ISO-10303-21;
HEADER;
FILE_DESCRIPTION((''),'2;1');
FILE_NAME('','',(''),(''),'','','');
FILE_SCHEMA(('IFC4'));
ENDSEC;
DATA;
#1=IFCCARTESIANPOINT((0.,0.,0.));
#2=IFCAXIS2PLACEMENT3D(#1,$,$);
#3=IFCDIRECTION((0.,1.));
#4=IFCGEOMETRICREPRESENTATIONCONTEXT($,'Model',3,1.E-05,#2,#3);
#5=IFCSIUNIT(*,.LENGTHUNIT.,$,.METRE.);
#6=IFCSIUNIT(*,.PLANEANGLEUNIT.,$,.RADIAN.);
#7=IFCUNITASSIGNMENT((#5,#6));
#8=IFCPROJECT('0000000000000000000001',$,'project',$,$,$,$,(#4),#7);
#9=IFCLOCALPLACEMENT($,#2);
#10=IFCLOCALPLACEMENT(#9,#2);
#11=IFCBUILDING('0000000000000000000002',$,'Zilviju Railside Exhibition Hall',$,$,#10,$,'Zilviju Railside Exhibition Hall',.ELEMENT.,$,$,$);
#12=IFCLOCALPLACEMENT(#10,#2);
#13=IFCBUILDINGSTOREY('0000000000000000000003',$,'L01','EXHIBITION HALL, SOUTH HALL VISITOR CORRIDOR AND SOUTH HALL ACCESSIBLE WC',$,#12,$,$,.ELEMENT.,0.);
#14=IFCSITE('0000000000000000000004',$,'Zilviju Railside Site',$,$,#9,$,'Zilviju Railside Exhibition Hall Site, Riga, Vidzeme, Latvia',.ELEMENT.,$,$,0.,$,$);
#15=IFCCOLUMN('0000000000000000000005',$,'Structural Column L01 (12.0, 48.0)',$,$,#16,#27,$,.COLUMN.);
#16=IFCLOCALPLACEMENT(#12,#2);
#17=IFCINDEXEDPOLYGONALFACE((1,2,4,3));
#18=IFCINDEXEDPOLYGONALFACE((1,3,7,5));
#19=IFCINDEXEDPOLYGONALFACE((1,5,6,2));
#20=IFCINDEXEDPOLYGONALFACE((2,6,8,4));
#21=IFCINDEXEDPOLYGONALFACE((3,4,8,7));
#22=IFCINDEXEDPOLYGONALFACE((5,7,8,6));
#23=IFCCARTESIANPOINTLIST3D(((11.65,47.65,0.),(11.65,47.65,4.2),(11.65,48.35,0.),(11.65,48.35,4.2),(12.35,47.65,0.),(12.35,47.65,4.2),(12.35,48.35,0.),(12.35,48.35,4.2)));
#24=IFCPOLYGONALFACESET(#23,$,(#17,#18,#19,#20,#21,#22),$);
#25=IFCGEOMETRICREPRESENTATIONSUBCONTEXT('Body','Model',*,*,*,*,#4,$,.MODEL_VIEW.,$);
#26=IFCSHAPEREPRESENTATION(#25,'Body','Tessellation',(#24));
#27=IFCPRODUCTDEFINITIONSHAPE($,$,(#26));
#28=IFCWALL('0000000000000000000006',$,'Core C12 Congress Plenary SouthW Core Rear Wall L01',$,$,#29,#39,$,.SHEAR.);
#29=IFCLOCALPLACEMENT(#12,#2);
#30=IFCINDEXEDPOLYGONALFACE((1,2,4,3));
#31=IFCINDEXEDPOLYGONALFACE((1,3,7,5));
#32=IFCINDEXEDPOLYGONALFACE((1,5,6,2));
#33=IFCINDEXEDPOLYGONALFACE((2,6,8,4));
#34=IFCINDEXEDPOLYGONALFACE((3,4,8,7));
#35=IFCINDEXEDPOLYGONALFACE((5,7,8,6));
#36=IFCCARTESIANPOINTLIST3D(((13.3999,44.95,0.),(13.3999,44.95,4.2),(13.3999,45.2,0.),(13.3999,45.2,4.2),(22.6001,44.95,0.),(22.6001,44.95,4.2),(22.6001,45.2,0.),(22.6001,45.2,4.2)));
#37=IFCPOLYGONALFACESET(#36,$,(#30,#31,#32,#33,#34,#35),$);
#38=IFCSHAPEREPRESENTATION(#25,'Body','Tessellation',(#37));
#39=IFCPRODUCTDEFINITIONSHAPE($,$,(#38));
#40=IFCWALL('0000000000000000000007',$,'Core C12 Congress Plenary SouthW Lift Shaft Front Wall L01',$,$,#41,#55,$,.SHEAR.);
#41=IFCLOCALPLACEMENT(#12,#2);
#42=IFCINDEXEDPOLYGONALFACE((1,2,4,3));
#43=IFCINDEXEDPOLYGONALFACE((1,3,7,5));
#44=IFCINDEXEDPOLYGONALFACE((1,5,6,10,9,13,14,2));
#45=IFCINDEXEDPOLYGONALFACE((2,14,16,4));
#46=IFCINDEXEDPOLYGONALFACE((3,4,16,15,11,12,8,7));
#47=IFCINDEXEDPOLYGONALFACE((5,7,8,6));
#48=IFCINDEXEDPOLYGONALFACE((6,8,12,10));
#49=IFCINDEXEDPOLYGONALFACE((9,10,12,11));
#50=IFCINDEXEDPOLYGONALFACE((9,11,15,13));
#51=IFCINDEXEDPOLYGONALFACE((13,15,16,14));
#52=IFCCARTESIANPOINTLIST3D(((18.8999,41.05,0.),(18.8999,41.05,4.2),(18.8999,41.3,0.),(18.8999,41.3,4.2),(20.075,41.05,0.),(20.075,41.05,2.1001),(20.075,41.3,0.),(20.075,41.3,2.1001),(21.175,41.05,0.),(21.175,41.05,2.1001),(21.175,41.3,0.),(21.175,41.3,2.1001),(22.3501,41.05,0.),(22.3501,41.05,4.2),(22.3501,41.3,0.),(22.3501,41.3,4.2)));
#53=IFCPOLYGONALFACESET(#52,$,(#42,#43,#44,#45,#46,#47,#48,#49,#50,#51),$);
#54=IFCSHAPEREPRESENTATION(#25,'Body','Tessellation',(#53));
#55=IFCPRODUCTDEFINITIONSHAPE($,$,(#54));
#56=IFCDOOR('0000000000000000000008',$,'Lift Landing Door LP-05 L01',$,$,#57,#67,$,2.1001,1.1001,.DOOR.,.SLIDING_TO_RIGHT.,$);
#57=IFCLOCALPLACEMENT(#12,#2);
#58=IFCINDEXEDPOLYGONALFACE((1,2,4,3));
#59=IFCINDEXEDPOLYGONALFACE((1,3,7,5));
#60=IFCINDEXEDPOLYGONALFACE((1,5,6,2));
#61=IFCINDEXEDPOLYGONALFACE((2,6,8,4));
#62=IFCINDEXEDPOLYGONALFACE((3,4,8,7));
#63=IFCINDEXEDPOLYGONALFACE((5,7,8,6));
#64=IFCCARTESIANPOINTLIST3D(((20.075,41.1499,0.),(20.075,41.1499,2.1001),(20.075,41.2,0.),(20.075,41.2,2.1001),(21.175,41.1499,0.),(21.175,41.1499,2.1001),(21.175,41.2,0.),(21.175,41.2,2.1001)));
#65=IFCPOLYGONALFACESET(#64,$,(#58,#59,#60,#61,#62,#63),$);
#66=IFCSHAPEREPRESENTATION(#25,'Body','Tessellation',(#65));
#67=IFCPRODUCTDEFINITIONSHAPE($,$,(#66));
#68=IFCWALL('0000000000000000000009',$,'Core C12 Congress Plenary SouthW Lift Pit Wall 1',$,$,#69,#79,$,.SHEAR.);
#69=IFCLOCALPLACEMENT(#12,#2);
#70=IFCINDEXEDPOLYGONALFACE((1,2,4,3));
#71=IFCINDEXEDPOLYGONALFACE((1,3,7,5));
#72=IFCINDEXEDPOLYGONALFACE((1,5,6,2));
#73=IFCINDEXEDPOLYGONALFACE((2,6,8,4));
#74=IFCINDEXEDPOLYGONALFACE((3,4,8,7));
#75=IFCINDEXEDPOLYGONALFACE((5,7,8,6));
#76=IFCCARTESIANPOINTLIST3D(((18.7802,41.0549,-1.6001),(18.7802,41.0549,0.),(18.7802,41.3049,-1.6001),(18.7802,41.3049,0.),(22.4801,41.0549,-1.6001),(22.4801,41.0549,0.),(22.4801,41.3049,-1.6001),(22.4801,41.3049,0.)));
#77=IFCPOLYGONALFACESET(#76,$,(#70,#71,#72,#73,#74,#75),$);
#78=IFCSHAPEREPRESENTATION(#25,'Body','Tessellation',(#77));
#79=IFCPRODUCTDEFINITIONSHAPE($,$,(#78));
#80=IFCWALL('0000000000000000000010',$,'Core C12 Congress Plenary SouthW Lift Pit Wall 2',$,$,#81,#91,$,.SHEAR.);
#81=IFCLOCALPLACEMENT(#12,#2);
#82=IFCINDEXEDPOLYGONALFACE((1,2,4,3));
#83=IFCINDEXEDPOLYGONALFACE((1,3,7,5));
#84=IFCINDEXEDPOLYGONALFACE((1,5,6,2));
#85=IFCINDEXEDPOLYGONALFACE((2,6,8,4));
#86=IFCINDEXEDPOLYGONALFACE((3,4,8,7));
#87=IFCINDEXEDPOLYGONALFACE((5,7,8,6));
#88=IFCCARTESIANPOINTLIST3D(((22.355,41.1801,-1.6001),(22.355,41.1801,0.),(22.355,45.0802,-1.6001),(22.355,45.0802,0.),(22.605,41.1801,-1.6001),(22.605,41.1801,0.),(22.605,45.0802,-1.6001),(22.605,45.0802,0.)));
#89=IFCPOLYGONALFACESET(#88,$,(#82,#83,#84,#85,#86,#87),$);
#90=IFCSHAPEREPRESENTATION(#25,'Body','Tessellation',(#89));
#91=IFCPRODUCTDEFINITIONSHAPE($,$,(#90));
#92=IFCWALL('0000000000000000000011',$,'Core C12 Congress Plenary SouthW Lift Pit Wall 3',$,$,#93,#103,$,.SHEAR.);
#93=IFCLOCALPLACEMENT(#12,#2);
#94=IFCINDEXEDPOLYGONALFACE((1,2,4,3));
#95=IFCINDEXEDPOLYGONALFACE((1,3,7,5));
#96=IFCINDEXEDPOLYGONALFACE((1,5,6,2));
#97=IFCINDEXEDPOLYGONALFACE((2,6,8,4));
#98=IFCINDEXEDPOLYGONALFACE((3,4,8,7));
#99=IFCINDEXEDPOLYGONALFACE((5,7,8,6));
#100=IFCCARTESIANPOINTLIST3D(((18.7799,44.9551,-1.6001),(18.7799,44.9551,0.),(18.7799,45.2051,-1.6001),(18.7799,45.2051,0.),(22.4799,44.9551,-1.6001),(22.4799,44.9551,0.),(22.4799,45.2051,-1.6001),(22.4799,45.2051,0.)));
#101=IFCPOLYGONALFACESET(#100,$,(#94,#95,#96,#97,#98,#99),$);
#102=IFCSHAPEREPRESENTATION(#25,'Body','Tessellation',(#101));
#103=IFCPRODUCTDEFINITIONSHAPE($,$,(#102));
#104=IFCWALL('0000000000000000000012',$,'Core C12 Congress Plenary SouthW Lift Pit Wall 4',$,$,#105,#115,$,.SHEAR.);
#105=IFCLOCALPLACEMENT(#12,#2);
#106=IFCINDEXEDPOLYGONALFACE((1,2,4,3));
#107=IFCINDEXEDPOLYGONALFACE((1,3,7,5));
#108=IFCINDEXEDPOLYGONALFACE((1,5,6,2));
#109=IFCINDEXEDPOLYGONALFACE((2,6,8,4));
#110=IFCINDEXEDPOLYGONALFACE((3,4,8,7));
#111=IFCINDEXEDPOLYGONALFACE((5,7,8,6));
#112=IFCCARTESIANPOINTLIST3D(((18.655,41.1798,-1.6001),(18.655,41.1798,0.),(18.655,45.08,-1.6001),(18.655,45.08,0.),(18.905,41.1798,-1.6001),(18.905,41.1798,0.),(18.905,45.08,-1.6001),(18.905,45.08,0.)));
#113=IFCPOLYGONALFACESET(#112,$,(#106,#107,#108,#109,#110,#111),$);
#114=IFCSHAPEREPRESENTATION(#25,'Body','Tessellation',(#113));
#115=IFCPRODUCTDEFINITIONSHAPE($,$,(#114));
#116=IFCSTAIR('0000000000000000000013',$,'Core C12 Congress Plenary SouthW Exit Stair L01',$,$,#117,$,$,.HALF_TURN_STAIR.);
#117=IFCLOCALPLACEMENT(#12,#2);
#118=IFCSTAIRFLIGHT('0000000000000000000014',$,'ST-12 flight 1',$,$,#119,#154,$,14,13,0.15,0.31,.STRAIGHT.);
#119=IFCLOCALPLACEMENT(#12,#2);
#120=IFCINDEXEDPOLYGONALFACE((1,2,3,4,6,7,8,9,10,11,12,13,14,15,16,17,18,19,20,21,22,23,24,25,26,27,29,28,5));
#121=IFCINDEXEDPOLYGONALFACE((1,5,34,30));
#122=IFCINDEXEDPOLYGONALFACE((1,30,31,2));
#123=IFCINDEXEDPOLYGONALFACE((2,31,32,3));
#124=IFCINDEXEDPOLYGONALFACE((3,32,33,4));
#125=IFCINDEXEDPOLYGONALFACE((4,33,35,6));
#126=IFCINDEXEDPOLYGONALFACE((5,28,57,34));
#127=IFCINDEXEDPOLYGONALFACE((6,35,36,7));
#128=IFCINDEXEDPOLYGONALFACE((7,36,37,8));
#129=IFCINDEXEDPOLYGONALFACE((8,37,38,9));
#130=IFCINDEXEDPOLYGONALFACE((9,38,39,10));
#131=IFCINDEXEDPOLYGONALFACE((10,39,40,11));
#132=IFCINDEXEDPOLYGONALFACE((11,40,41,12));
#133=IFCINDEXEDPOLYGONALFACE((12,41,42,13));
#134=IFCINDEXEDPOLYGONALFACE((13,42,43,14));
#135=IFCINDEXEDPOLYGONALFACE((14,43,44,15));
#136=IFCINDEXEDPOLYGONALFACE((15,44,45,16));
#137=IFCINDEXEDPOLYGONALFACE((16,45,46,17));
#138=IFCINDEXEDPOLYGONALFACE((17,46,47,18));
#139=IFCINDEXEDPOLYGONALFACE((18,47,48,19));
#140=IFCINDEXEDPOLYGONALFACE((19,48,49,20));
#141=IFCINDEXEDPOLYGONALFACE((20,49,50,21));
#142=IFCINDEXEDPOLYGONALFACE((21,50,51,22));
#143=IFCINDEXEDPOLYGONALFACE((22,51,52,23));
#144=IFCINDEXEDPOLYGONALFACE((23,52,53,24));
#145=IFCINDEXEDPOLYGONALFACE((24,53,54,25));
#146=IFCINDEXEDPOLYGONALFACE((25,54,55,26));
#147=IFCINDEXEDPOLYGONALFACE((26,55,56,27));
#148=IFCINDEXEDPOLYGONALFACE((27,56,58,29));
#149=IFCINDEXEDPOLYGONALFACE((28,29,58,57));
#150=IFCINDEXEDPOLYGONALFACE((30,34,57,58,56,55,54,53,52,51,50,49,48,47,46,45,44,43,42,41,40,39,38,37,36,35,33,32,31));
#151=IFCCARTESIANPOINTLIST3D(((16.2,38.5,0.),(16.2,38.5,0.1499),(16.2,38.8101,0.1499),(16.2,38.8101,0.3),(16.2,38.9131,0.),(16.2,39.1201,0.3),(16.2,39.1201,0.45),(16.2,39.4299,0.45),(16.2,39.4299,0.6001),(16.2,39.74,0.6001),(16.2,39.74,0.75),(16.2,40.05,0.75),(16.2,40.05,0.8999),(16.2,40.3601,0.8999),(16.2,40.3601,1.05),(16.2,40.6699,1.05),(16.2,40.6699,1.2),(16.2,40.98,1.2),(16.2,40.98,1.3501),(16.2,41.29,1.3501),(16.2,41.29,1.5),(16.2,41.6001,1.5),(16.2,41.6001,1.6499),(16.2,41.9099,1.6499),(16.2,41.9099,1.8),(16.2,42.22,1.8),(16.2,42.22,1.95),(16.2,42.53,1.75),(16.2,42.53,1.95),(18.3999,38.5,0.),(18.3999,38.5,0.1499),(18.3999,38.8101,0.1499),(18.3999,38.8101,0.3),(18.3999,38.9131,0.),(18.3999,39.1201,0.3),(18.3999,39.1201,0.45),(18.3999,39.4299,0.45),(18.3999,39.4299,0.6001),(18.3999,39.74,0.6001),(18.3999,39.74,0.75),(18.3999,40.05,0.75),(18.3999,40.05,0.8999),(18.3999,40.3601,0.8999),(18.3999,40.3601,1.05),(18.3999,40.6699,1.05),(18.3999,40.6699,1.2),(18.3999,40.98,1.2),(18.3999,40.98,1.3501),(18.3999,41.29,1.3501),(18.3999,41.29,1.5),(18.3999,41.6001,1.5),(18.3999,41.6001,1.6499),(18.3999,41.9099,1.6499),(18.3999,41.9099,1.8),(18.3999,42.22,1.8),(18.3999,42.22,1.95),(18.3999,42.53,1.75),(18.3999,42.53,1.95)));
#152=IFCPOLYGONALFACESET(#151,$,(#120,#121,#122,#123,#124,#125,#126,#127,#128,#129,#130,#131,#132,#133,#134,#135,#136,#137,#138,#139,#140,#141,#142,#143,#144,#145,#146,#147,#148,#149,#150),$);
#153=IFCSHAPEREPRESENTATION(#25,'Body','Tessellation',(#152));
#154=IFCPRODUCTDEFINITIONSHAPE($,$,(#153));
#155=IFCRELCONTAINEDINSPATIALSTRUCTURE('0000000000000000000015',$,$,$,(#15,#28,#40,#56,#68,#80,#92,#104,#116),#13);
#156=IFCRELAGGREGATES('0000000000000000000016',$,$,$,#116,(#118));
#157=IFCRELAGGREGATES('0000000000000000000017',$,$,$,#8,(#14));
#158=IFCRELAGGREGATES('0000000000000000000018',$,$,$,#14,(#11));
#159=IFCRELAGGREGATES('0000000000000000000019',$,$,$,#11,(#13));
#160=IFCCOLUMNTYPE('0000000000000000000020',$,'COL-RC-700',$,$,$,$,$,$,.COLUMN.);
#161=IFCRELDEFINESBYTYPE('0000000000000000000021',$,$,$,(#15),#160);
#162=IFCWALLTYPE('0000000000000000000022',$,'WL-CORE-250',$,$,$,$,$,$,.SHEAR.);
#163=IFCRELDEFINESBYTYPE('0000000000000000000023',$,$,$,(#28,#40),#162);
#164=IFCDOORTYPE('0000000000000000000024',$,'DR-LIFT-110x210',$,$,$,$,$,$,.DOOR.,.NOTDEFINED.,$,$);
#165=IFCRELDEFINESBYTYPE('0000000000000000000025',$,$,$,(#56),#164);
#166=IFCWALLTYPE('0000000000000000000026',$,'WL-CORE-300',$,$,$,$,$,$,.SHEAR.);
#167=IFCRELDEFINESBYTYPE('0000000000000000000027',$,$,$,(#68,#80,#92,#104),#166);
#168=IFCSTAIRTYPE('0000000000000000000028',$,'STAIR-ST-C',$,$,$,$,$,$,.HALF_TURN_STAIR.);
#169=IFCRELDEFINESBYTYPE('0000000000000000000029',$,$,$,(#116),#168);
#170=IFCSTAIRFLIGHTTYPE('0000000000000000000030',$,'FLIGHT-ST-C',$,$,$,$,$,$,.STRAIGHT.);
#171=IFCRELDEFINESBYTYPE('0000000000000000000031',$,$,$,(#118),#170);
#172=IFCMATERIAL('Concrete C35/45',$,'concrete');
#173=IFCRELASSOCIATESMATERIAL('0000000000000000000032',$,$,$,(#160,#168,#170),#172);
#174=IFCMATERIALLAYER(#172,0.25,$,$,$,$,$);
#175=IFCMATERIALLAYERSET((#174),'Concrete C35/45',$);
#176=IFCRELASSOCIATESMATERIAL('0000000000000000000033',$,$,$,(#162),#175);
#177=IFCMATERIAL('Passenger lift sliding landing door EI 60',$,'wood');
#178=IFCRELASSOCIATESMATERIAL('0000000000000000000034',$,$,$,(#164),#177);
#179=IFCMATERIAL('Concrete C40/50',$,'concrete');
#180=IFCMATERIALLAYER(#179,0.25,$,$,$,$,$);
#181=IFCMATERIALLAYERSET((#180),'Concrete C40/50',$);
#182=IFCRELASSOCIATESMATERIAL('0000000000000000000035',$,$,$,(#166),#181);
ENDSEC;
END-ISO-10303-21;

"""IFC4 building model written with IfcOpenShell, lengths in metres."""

from ifc_helpers import new_model, si_unit, direction, frame, frame_2d, origin, origin_2d, place, context, subcontext, project, spatial, polyline, rectangle, outline, extrude, material, layer, layer_set, material_profile, profile_set, type_object, element, fill, aggregate, save


model = new_model("IFC4")

# Units and contexts
model_context = context("Model", 3, precision=1e-05, world=origin(), true_north=direction((0.0, 1.0)))
body_context = subcontext(model_context, "Body", "Model", "MODEL_VIEW")
ifc_project = project(units=[si_unit("LENGTHUNIT", "METRE"), si_unit("PLANEANGLEUNIT", "RADIAN")], contexts=[model_context])

# Site, building, storey
site_placement = place(None, origin())
site = spatial("IfcSite", under=ifc_project, at=site_placement, Name="Zilviju Railside Site", LongName="Zilviju Railside Exhibition Hall Site, Riga, Vidzeme, Latvia", CompositionType="ELEMENT", RefElevation=0.0)
building_placement = place(site_placement, origin())
building = spatial("IfcBuilding", under=site, at=building_placement, Name="Zilviju Railside Exhibition Hall", LongName="Zilviju Railside Exhibition Hall", CompositionType="ELEMENT")
storey_placement = place(building_placement, origin())
storey = spatial("IfcBuildingStorey", under=building, at=storey_placement, Name="L01", Description="EXHIBITION HALL, SOUTH HALL VISITOR CORRIDOR AND SOUTH HALL ACCESSIBLE WC", CompositionType="ELEMENT", Elevation=0.0)

# Shared definitions
ifc_material_1 = material(Name="Concrete C35/45", Category="concrete")
ifc_material_2 = material(Name="Concrete C40/50", Category="concrete")

# Column
ifc_material_profile_1 = material_profile(ifc_material_1, rectangle(XDim=0.7, YDim=0.7, at=origin_2d()), Name="RC COL 700x700")
ifc_profile_set_1 = profile_set([ifc_material_profile_1], Name="Concrete C35/45")
column_type = type_object("IfcColumnType", Name="COL-RC-700", PredefinedType="COLUMN", material=ifc_profile_set_1)
for number, where, z_axis, x_axis, name in (
    (1, (12.0, 48.0, 0.0), (0.0, 0.0, 1.0), (1.0, 0.0, 0.0), "Structural Column L01 (12.0, 48.0)"),
):
    element("IfcColumn", number, at=place(storey_placement, frame(where, z_axis=z_axis, x_axis=x_axis)), inside=storey, type_object=column_type, Name=name, PredefinedType="COLUMN", context=body_context, shape_type="SweptSolid", body=[
        extrude(rectangle(XDim=0.7, YDim=0.7, at=origin_2d()), origin(), (0.0, 0.0, 1.0), 4.2),
    ])

# Wall
ifc_layer_1 = layer(ifc_material_1, 0.25)
ifc_layer_set_1 = layer_set([ifc_layer_1], Name="Concrete C35/45")
wall_type_1 = type_object("IfcWallType", Name="WL-CORE-250", PredefinedType="SHEAR", material=ifc_layer_set_1)
wall_1_placement = place(storey_placement, frame((13.3999, 45.075, 0.0), z_axis=(0.0, 0.0, 1.0), x_axis=(1.0, 0.0, 0.0)))
element("IfcWall", 2, at=wall_1_placement, inside=storey, type_object=wall_type_1, Name="Core C12 Congress Plenary SouthW Core Rear Wall L01", PredefinedType="SHEAR", context=body_context, shape_type="SweptSolid", body=[
    extrude(rectangle(XDim=9.2002, YDim=0.25, at=frame_2d((4.6001, 0.0))), origin(), (0.0, 0.0, 1.0), 4.2),
])

# Wall, opening, door
wall_2_placement = place(storey_placement, frame((18.8999, 41.175, 0.0), z_axis=(0.0, 0.0, 1.0), x_axis=(1.0, 0.0, 0.0)))
wall_2 = element("IfcWall", 3, at=wall_2_placement, inside=storey, type_object=wall_type_1, Name="Core C12 Congress Plenary SouthW Lift Shaft Front Wall L01", PredefinedType="SHEAR", context=body_context, shape_type="SweptSolid", body=[
    extrude(rectangle(XDim=3.4502, YDim=0.25, at=frame_2d((1.7251, 0.0))), origin(), (0.0, 0.0, 1.0), 4.2),
])
opening_placement = place(wall_2_placement, frame((1.175, 0.0, 0.0)))
opening = element("IfcOpeningElement", 4, at=opening_placement, cuts=wall_2, PredefinedType="OPENING", context=body_context, shape_type="SweptSolid", body=[
    extrude(rectangle(XDim=1.1001, YDim=2.1001, at=frame_2d((0.55, 1.05))), frame((0.0, 0.135, 0.0), z_axis=(0.0, -1.0, 0.0), x_axis=(1.0, 0.0, 0.0)), (0.0, 0.0, 1.0), 0.27),
])
ifc_material_3 = material(Name="Passenger lift sliding landing door EI 60", Category="wood")
door_type = type_object("IfcDoorType", Name="DR-LIFT-110x210", OperationType="NOTDEFINED", PredefinedType="DOOR", material=ifc_material_3)
door_placement = place(opening_placement, origin())
door = element("IfcDoor", 5, at=door_placement, inside=storey, type_object=door_type, Name="Lift Landing Door LP-05 L01", OperationType="SLIDING_TO_RIGHT", OverallHeight=2.1001, OverallWidth=1.1001, PredefinedType="DOOR", context=body_context, shape_type="SweptSolid", body=[
    extrude(rectangle(XDim=1.1001, YDim=2.1001, at=frame_2d((0.55, 1.05))), frame((0.0, 0.0249, 0.0), z_axis=(0.0, -1.0, 0.0), x_axis=(1.0, 0.0, 0.0)), (0.0, 0.0, 1.0), 0.05),
])
fill(opening, door)

# Walls
ifc_layer_2 = layer(ifc_material_2, 0.25)
ifc_layer_set_2 = layer_set([ifc_layer_2], Name="Concrete C40/50")
wall_type_2 = type_object("IfcWallType", Name="WL-CORE-300", PredefinedType="SHEAR", material=ifc_layer_set_2)
wall_3_placement = place(storey_placement, frame((18.78, 41.1799, -1.6001), z_axis=(0.0, 0.0, 1.0), x_axis=(1.0, 0.0, 0.0)))
element("IfcWall", 6, at=wall_3_placement, inside=storey, type_object=wall_type_2, Name="Core C12 Congress Plenary SouthW Lift Pit Wall 1", PredefinedType="SHEAR", context=body_context, shape_type="SweptSolid", body=[
    extrude(rectangle(XDim=3.7, YDim=0.25, at=frame_2d((1.8501, 0.0))), origin(), (0.0, 0.0, 1.0), 1.6001),
])
wall_4_placement = place(storey_placement, frame((22.48, 41.1799, -1.6001), z_axis=(0.0, 0.0, 1.0), x_axis=(0.0, 1.0, 0.0)))
element("IfcWall", 7, at=wall_4_placement, inside=storey, type_object=wall_type_2, Name="Core C12 Congress Plenary SouthW Lift Pit Wall 2", PredefinedType="SHEAR", context=body_context, shape_type="SweptSolid", body=[
    extrude(rectangle(XDim=3.9001, YDim=0.25, at=frame_2d((1.9502, 0.0))), origin(), (0.0, 0.0, 1.0), 1.6001),
])
wall_5_placement = place(storey_placement, frame((22.48, 45.0801, -1.6001), z_axis=(0.0, 0.0, 1.0), x_axis=(-1.0, 0.0, 0.0)))
element("IfcWall", 8, at=wall_5_placement, inside=storey, type_object=wall_type_2, Name="Core C12 Congress Plenary SouthW Lift Pit Wall 3", PredefinedType="SHEAR", context=body_context, shape_type="SweptSolid", body=[
    extrude(rectangle(XDim=3.7, YDim=0.25, at=frame_2d((1.8501, 0.0))), origin(), (0.0, 0.0, 1.0), 1.6001),
])
wall_6_placement = place(storey_placement, frame((18.78, 45.0801, -1.6001), z_axis=(0.0, 0.0, 1.0), x_axis=(0.0, -1.0, 0.0)))
element("IfcWall", 9, at=wall_6_placement, inside=storey, type_object=wall_type_2, Name="Core C12 Congress Plenary SouthW Lift Pit Wall 4", PredefinedType="SHEAR", context=body_context, shape_type="SweptSolid", body=[
    extrude(rectangle(XDim=3.9001, YDim=0.25, at=frame_2d((1.9502, 0.0))), origin(), (0.0, 0.0, 1.0), 1.6001),
])

# Stair, stair flight
stair_type = type_object("IfcStairType", Name="STAIR-ST-C", PredefinedType="HALF_TURN_STAIR", material=ifc_material_1)
stair_placement = place(storey_placement, origin())
stair = element("IfcStair", 10, at=stair_placement, inside=storey, type_object=stair_type, Name="Core C12 Congress Plenary SouthW Exit Stair L01", PredefinedType="HALF_TURN_STAIR")
stair_flight_type = type_object("IfcStairFlightType", Name="FLIGHT-ST-C", PredefinedType="STRAIGHT", material=ifc_material_1)
stair_flight_1_placement = place(storey_placement, frame((17.3, 38.5, 0.0), z_axis=(0.0, 0.0, 1.0), x_axis=(0.0, 1.0, 0.0)))
stair_flight_1 = element("IfcStairFlight", 11, at=stair_flight_1_placement, type_object=stair_flight_type, Name="ST-12 flight 1", NumberOfRisers=14, NumberOfTreads=13, PredefinedType="STRAIGHT", RiserHeight=0.15, TreadLength=0.31, context=body_context, shape_type="SweptSolid", body=[
    extrude(outline(polyline([(0.0, 0.0), (0.0, 0.1499), (0.3101, 0.1499), (0.3101, 0.3), (0.6201, 0.3), (0.6201, 0.45), (0.9299, 0.45), (0.9299, 0.6001), (1.24, 0.6001), (1.24, 0.75), (1.55, 0.75), (1.55, 0.8999), (1.8601, 0.8999), (1.8601, 1.05), (2.1699, 1.05), (2.1699, 1.2), (2.48, 1.2), (2.48, 1.3501), (2.79, 1.3501), (2.79, 1.5), (3.1001, 1.5), (3.1001, 1.6499), (3.4099, 1.6499), (3.4099, 1.8), (3.72, 1.8), (3.72, 1.95), (4.03, 1.95), (4.03, 2.1001), (4.03, 1.75), (0.4131, 0.0), (0.0, 0.0)])), frame((0.0, 1.1001, 0.0), z_axis=(0.0, -1.0, 0.0), x_axis=(1.0, 0.0, 0.0)), (0.0, 0.0, 1.0), 2.2),
])
aggregate(stair, [stair_flight_1])

save(model, "model.ifc")
